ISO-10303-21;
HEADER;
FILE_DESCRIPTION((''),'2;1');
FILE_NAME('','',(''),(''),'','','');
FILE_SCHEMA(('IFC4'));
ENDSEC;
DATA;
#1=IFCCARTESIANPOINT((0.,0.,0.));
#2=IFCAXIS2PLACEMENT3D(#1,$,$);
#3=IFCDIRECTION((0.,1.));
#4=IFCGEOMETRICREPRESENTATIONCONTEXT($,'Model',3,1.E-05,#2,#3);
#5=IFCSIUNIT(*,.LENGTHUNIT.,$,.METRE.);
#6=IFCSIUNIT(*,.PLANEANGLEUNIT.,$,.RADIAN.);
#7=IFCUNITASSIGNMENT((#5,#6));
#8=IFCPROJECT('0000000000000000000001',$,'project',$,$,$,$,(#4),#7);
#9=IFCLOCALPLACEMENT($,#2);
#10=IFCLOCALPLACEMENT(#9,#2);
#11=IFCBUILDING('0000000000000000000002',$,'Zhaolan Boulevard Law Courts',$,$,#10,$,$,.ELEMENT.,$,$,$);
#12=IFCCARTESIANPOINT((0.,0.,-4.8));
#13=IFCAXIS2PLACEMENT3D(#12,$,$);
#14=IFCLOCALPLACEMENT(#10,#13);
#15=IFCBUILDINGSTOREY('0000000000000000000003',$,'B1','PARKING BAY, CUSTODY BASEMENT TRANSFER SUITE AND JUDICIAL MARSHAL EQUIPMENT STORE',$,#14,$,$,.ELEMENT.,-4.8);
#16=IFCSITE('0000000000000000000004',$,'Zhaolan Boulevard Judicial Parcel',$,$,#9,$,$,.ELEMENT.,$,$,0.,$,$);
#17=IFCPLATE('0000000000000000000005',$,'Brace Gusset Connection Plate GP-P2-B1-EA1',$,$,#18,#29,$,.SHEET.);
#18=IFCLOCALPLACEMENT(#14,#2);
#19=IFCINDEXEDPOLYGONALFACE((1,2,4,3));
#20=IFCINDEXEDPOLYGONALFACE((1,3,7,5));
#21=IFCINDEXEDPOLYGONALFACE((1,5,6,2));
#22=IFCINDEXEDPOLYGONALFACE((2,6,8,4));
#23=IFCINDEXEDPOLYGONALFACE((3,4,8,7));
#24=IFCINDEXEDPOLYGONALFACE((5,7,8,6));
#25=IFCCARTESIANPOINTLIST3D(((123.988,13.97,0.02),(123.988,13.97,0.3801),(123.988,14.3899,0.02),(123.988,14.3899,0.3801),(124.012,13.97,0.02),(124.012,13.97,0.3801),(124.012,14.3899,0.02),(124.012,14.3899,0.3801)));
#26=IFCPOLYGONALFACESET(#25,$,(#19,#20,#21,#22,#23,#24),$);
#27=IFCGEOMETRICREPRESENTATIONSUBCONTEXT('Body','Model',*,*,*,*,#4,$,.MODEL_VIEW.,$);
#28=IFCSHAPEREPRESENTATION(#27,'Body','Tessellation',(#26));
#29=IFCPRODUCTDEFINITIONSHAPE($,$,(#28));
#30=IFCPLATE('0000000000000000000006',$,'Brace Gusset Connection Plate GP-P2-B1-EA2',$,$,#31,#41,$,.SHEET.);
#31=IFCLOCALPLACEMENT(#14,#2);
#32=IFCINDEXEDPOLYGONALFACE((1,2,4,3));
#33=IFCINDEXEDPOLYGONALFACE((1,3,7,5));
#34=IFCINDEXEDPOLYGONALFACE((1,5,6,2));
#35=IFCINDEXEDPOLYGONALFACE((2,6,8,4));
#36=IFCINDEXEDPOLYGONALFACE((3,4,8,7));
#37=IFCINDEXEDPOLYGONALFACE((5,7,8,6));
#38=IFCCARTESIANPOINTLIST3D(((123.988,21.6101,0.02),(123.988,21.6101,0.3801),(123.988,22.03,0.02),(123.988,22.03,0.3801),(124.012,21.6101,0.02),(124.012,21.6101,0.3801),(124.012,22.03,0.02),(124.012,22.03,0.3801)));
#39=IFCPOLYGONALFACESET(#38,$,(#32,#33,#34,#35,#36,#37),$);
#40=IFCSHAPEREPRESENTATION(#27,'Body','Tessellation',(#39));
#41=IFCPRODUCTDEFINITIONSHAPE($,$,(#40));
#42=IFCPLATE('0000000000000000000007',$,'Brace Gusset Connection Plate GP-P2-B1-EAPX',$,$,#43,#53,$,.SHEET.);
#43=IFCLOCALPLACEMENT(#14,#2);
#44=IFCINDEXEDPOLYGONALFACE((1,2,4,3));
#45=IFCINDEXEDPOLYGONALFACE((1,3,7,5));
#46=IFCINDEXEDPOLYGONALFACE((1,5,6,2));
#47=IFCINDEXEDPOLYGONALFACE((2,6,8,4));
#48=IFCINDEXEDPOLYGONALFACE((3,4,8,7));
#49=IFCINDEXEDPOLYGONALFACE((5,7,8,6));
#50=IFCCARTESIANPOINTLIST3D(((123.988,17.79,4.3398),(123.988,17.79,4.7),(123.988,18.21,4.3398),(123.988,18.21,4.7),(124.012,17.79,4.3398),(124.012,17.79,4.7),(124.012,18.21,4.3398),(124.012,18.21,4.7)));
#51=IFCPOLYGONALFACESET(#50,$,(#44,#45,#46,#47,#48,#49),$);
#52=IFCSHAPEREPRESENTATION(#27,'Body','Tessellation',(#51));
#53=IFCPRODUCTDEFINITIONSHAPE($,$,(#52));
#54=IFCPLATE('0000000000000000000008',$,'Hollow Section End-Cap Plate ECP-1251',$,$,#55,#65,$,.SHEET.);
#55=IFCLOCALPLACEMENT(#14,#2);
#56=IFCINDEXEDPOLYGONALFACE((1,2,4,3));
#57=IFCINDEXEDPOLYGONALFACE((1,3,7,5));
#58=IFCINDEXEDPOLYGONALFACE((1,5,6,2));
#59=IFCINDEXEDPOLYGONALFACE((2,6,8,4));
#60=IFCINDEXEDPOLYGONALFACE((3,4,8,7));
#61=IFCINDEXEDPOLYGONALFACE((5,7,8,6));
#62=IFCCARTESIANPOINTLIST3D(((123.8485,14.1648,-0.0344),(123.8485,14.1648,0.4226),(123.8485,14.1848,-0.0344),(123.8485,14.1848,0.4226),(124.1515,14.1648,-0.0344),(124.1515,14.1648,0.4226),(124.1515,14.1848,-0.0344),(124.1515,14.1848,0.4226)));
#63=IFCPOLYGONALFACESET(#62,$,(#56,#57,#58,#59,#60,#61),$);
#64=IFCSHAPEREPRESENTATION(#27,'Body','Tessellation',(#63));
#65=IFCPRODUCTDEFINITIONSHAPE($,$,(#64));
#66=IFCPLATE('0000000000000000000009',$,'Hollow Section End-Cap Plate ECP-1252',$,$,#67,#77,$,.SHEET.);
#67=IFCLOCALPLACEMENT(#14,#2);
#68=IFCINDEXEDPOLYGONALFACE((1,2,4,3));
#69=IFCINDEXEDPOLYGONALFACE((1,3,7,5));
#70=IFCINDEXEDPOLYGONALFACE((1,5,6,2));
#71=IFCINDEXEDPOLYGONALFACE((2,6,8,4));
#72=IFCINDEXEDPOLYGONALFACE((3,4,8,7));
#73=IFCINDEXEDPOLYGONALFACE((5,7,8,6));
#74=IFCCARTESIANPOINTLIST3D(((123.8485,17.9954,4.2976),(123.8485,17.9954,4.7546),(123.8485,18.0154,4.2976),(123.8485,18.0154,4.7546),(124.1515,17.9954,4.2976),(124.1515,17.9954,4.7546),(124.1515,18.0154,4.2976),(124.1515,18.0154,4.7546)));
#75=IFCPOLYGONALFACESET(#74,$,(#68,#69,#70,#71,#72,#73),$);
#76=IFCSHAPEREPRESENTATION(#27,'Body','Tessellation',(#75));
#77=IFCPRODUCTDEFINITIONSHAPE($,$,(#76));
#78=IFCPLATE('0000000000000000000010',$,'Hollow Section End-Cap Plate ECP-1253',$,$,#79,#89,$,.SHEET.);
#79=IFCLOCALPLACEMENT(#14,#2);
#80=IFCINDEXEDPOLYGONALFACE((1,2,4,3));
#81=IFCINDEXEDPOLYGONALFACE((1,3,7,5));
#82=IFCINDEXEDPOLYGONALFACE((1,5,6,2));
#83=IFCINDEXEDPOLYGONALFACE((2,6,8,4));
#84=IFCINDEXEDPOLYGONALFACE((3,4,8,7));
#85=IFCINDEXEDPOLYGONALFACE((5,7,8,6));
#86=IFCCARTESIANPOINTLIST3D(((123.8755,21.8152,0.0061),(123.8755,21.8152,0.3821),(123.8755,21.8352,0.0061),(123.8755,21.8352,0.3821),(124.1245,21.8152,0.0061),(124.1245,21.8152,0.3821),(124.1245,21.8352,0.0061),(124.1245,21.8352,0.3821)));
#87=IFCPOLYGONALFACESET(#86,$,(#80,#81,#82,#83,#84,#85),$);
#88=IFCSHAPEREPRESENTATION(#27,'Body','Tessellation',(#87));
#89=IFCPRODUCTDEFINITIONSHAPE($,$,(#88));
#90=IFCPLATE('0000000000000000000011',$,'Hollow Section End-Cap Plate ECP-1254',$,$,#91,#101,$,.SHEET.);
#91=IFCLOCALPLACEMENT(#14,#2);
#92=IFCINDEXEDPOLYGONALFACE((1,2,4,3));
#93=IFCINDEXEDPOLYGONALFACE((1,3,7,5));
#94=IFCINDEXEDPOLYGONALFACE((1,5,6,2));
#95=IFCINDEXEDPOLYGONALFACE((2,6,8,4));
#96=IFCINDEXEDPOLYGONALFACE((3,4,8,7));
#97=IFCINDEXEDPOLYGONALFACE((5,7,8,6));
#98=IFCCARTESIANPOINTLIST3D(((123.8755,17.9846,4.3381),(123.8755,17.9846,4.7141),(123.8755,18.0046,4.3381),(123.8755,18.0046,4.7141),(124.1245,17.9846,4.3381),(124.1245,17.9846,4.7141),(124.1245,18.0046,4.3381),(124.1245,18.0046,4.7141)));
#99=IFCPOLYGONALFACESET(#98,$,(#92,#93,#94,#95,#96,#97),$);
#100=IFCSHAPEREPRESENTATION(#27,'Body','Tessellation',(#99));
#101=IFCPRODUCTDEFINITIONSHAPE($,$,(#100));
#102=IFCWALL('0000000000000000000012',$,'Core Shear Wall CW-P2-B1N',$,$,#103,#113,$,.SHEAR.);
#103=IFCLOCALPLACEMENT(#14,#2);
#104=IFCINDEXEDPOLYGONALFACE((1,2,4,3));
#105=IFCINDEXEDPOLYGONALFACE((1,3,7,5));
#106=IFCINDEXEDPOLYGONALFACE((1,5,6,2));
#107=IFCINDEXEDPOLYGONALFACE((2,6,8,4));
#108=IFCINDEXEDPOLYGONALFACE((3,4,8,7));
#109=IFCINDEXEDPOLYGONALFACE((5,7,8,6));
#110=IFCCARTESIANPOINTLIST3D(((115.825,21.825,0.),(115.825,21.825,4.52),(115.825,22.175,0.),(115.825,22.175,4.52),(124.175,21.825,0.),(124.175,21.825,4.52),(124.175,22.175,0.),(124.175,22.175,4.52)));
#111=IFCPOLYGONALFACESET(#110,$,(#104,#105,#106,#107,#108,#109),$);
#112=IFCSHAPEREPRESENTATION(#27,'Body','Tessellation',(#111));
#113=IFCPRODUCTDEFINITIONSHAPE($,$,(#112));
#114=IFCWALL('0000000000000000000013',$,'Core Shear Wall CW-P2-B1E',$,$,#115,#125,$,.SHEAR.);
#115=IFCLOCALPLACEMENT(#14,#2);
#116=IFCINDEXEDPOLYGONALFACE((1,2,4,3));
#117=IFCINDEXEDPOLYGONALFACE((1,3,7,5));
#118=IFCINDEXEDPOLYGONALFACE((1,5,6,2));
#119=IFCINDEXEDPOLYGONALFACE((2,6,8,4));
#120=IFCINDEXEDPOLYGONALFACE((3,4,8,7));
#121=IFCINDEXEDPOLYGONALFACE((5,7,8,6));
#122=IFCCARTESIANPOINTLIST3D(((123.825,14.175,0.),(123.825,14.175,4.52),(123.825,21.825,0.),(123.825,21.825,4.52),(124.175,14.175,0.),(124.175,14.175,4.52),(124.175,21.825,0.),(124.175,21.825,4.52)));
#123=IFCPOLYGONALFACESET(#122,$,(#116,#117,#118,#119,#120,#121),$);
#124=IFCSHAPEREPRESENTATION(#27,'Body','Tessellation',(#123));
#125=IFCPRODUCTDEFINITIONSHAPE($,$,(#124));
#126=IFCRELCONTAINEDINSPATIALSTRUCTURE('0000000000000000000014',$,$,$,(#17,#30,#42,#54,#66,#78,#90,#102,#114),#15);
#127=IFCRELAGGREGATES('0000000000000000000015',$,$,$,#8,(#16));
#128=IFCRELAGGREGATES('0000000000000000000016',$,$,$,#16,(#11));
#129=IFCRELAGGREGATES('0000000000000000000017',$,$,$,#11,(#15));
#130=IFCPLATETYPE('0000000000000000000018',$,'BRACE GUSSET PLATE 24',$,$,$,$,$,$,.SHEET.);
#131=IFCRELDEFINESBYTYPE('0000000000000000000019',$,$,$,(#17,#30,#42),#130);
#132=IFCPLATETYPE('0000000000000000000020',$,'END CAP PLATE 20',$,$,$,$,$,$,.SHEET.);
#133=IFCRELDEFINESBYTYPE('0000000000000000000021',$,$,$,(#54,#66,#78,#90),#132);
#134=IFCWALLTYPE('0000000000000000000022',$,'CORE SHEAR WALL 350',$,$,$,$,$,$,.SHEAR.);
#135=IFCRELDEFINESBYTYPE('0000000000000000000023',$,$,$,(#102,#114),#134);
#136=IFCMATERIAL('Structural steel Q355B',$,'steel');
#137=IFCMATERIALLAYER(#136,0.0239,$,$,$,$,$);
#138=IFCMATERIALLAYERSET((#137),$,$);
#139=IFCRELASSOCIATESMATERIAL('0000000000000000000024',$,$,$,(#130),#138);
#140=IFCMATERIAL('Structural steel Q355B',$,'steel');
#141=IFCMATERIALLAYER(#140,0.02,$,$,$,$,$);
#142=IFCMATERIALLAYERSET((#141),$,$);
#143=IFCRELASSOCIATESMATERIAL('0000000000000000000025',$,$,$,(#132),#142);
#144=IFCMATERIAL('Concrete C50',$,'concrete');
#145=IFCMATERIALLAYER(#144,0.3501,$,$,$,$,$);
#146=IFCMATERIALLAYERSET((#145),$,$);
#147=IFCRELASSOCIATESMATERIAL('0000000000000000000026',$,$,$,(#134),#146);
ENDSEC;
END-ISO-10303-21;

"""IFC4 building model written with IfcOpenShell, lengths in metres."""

from ifc_helpers import new_model, si_unit, direction, frame, frame_2d, origin, origin_2d, place, context, subcontext, project, spatial, rectangle, extrude, material, layer, layer_set, type_object, element, save


model = new_model("IFC4")

# Units and contexts
model_context = context("Model", 3, precision=1e-05, world=origin(), true_north=direction((0.0, 1.0)))
body_context = subcontext(model_context, "Body", "Model", "MODEL_VIEW")
ifc_project = project(units=[si_unit("LENGTHUNIT", "METRE"), si_unit("PLANEANGLEUNIT", "RADIAN")], contexts=[model_context])

# Site, building, storey
site_placement = place(None, origin())
site = spatial("IfcSite", under=ifc_project, at=site_placement, Name="Zhaolan Boulevard Judicial Parcel", CompositionType="ELEMENT", RefElevation=0.0)
building_placement = place(site_placement, origin())
building = spatial("IfcBuilding", under=site, at=building_placement, Name="Zhaolan Boulevard Law Courts", CompositionType="ELEMENT")
storey_placement = place(building_placement, frame((0.0, 0.0, -4.8)))
storey = spatial("IfcBuildingStorey", under=building, at=storey_placement, Name="B1", Description="PARKING BAY, CUSTODY BASEMENT TRANSFER SUITE AND JUDICIAL MARSHAL EQUIPMENT STORE", CompositionType="ELEMENT", Elevation=-4.8)

# Plates
ifc_material_1 = material(Name="Structural steel Q355B", Category="steel")
ifc_layer_1 = layer(ifc_material_1, 0.0239)
ifc_layer_set_1 = layer_set([ifc_layer_1])
plate_type_1 = type_object("IfcPlateType", Name="BRACE GUSSET PLATE 24", PredefinedType="SHEET", material=ifc_layer_set_1)
for number, where, z_axis, x_axis, name in (
    (1, (124.0, 14.1799, 0.02), (0.0, 0.0, 1.0), (0.0, 1.0, 0.0), "Brace Gusset Connection Plate GP-P2-B1-EA1"),
    (2, (124.0, 21.8201, 0.02), (0.0, 0.0, 1.0), (0.0, 1.0, 0.0), "Brace Gusset Connection Plate GP-P2-B1-EA2"),
    (3, (124.0, 18.0, 4.3398), (0.0, 0.0, 1.0), (0.0, 1.0, 0.0), "Brace Gusset Connection Plate GP-P2-B1-EAPX"),
):
    element("IfcPlate", number, at=place(storey_placement, frame(where, z_axis=z_axis, x_axis=x_axis)), inside=storey, type_object=plate_type_1, Name=name, PredefinedType="SHEET", context=body_context, shape_type="SweptSolid", body=[
        extrude(rectangle(XDim=0.4199, YDim=0.0239, at=origin_2d()), origin(), (0.0, 0.0, 1.0), 0.3601),
    ])
ifc_material_2 = material(Name="Structural steel Q355B", Category="steel")
ifc_layer_2 = layer(ifc_material_2, 0.02)
ifc_layer_set_2 = layer_set([ifc_layer_2])
plate_type_2 = type_object("IfcPlateType", Name="END CAP PLATE 20", PredefinedType="SHEET", material=ifc_layer_set_2)
for number, where, z_axis, x_axis, name in (
    (4, (124.0, 14.1748, -0.0344), (0.0, 0.0, 1.0), (0.0, 1.0, 0.0), "Hollow Section End-Cap Plate ECP-1251"),
    (5, (124.0, 18.0054, 4.2976), (0.0, 0.0, 1.0), (0.0, 1.0, 0.0), "Hollow Section End-Cap Plate ECP-1252"),
):
    element("IfcPlate", number, at=place(storey_placement, frame(where, z_axis=z_axis, x_axis=x_axis)), inside=storey, type_object=plate_type_2, Name=name, PredefinedType="SHEET", context=body_context, shape_type="SweptSolid", body=[
        extrude(rectangle(XDim=0.02, YDim=0.303, at=origin_2d()), origin(), (0.0, 0.0, 1.0), 0.457),
    ])
for number, where, z_axis, x_axis, name in (
    (6, (124.0, 21.8252, 0.0061), (0.0, 0.0, 1.0), (0.0, -1.0, 0.0), "Hollow Section End-Cap Plate ECP-1253"),
    (7, (124.0, 17.9946, 4.3381), (0.0, 0.0, 1.0), (0.0, -1.0, 0.0), "Hollow Section End-Cap Plate ECP-1254"),
):
    element("IfcPlate", number, at=place(storey_placement, frame(where, z_axis=z_axis, x_axis=x_axis)), inside=storey, type_object=plate_type_2, Name=name, PredefinedType="SHEET", context=body_context, shape_type="SweptSolid", body=[
        extrude(rectangle(XDim=0.02, YDim=0.249, at=origin_2d()), origin(), (0.0, 0.0, 1.0), 0.376),
    ])

# Walls
ifc_material_3 = material(Name="Concrete C50", Category="concrete")
ifc_layer_3 = layer(ifc_material_3, 0.3501)
ifc_layer_set_3 = layer_set([ifc_layer_3])
wall_type = type_object("IfcWallType", Name="CORE SHEAR WALL 350", PredefinedType="SHEAR", material=ifc_layer_set_3)
wall_1_placement = place(storey_placement, frame((124.175, 22.0, 0.0), z_axis=(0.0, 0.0, 1.0), x_axis=(-1.0, 0.0, 0.0)))
element("IfcWall", 8, at=wall_1_placement, inside=storey, type_object=wall_type, Name="Core Shear Wall CW-P2-B1N", PredefinedType="SHEAR", context=body_context, shape_type="SweptSolid", body=[
    extrude(rectangle(XDim=8.3501, YDim=0.3501, at=frame_2d((4.175, 0.0))), origin(), (0.0, 0.0, 1.0), 4.52),
])
wall_2_placement = place(storey_placement, frame((124.0, 14.175, 0.0), z_axis=(0.0, 0.0, 1.0), x_axis=(0.0, 1.0, 0.0)))
element("IfcWall", 9, at=wall_2_placement, inside=storey, type_object=wall_type, Name="Core Shear Wall CW-P2-B1E", PredefinedType="SHEAR", context=body_context, shape_type="SweptSolid", body=[
    extrude(rectangle(XDim=7.6499, YDim=0.3501, at=frame_2d((3.825, 0.0))), origin(), (0.0, 0.0, 1.0), 4.52),
])

save(model, "model.ifc")
